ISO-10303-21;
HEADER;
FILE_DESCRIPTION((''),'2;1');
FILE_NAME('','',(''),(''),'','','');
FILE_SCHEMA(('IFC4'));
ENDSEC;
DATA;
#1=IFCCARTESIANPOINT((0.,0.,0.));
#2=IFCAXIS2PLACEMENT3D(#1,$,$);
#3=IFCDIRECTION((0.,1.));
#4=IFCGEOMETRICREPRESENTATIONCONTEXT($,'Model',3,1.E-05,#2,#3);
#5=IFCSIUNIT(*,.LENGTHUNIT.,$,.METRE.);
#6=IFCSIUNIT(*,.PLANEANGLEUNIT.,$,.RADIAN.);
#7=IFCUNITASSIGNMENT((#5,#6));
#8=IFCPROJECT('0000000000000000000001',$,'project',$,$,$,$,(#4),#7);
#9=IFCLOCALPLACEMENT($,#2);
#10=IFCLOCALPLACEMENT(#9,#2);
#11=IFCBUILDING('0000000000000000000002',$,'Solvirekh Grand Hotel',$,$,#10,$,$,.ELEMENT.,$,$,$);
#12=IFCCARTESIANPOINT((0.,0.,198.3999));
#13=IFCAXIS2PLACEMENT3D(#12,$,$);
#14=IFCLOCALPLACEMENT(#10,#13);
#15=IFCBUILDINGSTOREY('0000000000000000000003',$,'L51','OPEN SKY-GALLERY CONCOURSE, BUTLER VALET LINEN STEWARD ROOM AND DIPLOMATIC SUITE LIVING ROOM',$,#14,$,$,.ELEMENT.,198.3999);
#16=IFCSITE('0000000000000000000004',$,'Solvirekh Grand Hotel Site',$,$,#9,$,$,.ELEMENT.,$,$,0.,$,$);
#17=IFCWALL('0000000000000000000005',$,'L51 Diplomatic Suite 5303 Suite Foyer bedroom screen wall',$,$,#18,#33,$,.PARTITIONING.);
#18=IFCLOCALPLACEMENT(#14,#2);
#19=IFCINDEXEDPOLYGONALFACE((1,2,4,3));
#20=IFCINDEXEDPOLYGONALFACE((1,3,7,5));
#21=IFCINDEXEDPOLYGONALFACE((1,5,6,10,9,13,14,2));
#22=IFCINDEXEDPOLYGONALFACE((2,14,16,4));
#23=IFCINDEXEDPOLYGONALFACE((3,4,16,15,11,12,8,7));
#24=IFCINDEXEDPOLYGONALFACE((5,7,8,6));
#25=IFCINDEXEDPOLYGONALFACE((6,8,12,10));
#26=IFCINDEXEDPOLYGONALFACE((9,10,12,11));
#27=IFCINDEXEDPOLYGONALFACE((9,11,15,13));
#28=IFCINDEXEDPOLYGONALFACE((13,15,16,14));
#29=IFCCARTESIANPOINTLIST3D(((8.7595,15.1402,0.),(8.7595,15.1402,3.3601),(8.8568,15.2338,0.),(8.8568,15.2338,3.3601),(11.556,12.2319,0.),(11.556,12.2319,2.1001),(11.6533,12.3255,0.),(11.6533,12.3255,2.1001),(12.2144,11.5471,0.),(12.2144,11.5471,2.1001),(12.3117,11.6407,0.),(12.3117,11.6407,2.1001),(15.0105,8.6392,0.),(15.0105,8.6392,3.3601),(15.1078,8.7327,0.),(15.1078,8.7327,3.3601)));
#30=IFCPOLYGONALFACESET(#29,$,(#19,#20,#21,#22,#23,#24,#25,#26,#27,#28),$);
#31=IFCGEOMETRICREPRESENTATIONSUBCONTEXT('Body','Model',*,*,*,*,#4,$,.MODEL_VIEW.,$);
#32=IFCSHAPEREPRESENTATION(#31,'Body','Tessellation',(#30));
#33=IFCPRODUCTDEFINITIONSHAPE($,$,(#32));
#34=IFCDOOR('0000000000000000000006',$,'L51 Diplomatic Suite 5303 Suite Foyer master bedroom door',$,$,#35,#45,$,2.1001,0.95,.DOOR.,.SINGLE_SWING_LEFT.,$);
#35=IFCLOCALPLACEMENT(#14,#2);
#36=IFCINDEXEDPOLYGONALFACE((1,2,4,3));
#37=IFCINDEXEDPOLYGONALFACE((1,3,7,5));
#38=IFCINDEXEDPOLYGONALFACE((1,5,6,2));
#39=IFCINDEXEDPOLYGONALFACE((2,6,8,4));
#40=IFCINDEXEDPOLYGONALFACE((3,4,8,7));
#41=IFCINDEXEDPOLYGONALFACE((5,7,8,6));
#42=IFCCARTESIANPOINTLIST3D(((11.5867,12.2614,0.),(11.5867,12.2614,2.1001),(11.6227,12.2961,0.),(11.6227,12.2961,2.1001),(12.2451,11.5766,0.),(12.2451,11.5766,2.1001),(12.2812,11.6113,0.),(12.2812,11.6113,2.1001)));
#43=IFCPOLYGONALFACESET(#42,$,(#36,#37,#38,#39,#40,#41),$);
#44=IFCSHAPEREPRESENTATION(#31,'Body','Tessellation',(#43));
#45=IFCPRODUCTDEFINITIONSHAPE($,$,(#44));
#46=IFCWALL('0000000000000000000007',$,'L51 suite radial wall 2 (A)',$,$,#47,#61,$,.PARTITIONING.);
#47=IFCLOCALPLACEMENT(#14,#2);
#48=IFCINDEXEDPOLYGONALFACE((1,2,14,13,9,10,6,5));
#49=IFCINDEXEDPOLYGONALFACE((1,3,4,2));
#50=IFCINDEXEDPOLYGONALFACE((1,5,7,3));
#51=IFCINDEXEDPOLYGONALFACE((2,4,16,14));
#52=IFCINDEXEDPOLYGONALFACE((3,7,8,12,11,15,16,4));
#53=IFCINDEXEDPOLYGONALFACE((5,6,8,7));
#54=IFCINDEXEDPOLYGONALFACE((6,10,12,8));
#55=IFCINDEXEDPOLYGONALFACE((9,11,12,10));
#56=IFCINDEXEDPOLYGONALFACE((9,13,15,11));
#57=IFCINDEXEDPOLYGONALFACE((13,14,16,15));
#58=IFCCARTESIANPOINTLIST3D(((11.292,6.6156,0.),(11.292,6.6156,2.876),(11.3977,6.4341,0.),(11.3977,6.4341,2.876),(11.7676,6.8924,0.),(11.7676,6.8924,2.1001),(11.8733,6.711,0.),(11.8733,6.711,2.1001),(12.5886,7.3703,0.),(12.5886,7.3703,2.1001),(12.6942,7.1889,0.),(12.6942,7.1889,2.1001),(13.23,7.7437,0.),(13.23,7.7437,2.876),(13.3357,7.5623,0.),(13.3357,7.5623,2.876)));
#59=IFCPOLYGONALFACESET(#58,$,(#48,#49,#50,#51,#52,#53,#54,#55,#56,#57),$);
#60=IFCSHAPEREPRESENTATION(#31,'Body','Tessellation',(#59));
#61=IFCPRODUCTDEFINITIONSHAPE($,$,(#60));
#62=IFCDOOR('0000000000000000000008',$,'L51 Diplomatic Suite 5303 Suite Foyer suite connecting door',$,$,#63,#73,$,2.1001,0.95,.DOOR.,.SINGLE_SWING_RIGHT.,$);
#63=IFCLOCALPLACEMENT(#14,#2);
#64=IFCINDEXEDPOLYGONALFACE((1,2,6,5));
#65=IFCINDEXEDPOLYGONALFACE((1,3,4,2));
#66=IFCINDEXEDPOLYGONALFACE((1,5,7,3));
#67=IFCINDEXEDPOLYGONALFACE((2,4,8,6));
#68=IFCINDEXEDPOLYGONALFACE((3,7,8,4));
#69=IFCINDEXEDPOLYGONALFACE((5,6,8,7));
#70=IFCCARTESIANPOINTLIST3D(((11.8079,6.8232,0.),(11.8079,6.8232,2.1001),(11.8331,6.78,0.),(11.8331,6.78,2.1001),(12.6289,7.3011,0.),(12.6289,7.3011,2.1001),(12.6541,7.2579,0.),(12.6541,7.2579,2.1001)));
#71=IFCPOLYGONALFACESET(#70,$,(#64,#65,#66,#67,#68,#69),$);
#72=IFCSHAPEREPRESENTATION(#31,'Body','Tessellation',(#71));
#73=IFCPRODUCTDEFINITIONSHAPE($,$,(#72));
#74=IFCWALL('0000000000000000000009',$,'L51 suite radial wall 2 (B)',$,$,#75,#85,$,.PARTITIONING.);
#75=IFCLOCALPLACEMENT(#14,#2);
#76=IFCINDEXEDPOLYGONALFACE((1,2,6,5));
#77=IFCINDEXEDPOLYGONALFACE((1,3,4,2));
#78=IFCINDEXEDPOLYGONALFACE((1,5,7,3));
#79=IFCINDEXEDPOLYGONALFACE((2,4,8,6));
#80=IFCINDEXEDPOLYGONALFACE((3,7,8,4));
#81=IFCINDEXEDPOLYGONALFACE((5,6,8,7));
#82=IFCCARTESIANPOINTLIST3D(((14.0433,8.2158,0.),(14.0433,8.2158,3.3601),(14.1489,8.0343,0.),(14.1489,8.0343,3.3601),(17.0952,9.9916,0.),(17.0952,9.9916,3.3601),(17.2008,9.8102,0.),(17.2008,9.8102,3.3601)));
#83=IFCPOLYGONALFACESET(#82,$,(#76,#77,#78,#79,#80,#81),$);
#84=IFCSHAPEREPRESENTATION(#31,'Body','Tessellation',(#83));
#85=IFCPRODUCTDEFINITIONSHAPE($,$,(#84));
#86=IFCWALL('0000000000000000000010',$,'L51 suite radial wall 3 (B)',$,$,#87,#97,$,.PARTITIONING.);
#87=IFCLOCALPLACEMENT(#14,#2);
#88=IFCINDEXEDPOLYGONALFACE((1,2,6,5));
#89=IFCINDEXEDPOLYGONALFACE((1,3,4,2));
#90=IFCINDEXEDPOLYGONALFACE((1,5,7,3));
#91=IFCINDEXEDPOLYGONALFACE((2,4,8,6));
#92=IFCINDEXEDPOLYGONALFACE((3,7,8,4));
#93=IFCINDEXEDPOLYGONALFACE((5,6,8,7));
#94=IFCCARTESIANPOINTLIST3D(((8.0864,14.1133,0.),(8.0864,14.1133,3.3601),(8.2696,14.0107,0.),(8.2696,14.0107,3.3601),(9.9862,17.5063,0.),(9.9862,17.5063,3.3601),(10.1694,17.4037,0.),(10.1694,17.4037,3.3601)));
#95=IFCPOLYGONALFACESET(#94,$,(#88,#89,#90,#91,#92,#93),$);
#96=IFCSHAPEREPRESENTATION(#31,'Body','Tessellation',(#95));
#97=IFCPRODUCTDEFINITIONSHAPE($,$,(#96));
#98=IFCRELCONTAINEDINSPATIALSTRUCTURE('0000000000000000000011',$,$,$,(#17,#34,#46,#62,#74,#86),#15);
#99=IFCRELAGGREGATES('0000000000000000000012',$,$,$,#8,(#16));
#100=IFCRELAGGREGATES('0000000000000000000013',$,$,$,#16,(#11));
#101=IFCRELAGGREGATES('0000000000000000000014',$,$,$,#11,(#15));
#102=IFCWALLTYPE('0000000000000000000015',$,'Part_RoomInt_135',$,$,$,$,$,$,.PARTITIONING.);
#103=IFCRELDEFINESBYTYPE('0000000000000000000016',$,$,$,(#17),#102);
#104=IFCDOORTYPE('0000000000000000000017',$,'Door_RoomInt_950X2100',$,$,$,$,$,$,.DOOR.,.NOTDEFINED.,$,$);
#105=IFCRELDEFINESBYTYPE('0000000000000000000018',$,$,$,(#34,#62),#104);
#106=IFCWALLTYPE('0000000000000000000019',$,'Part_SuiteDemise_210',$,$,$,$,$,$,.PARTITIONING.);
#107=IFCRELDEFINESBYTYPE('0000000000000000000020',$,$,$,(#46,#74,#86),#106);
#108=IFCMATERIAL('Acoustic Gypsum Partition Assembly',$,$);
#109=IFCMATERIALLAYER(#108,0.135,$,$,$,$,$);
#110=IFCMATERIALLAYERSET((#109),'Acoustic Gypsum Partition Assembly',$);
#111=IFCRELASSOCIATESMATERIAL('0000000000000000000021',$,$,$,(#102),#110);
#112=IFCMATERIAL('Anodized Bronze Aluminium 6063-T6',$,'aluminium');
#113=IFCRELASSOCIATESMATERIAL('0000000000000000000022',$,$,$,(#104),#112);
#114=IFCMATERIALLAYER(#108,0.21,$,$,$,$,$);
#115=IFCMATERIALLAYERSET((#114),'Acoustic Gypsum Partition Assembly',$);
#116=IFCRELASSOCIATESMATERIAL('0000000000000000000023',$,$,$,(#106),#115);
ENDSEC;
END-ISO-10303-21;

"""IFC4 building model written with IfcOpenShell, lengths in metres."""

from ifc_helpers import new_model, si_unit, direction, frame, frame_2d, origin, place, context, subcontext, project, spatial, rectangle, extrude, material, layer, layer_set, type_object, element, fill, save


model = new_model("IFC4")

# Units and contexts
model_context = context("Model", 3, precision=1e-05, world=origin(), true_north=direction((0.0, 1.0)))
body_context = subcontext(model_context, "Body", "Model", "MODEL_VIEW")
ifc_project = project(units=[si_unit("LENGTHUNIT", "METRE"), si_unit("PLANEANGLEUNIT", "RADIAN")], contexts=[model_context])

# Site, building, storey
site_placement = place(None, origin())
site = spatial("IfcSite", under=ifc_project, at=site_placement, Name="Solvirekh Grand Hotel Site", CompositionType="ELEMENT", RefElevation=0.0)
building_placement = place(site_placement, origin())
building = spatial("IfcBuilding", under=site, at=building_placement, Name="Solvirekh Grand Hotel", CompositionType="ELEMENT")
storey_placement = place(building_placement, frame((0.0, 0.0, 198.3999)))
storey = spatial("IfcBuildingStorey", under=building, at=storey_placement, Name="L51", Description="OPEN SKY-GALLERY CONCOURSE, BUTLER VALET LINEN STEWARD ROOM AND DIPLOMATIC SUITE LIVING ROOM", CompositionType="ELEMENT", Elevation=198.3999)

# Shared definitions
ifc_material_1 = material(Name="Anodized Bronze Aluminium 6063-T6", Category="aluminium")

# Shared definitions
ifc_material_2 = material(Name="Acoustic Gypsum Partition Assembly")

# Walls, openings, doors
ifc_layer_1 = layer(ifc_material_2, 0.135)
ifc_layer_set_1 = layer_set([ifc_layer_1], Name="Acoustic Gypsum Partition Assembly")
wall_type_1 = type_object("IfcWallType", Name="Part_RoomInt_135", PredefinedType="PARTITIONING", material=ifc_layer_set_1)
wall_1_placement = place(storey_placement, frame((15.0591, 8.686, 0.0), z_axis=(0.0, 0.0, 1.0), x_axis=(-0.693111, 0.720831, 0.0)))
wall_1 = element("IfcWall", 1, at=wall_1_placement, inside=storey, type_object=wall_type_1, Name="L51 Diplomatic Suite 5303 Suite Foyer bedroom screen wall", PredefinedType="PARTITIONING", context=body_context, shape_type="SweptSolid", body=[
    extrude(rectangle(XDim=9.0188, YDim=0.135, at=frame_2d((4.5093, 0.0))), origin(), (0.0, 0.0, 1.0), 3.3601),
])
opening_1_placement = place(wall_1_placement, frame((4.0339, 0.0, 0.0)))
opening_1 = element("IfcOpeningElement", 2, at=opening_1_placement, cuts=wall_1, PredefinedType="OPENING", context=body_context, shape_type="SweptSolid", body=[
    extrude(rectangle(XDim=0.95, YDim=2.1001, at=frame_2d((0.4751, 1.05))), frame((0.0, 0.0776, 0.0), z_axis=(0.0, -1.0, 0.0), x_axis=(1.0, 0.0, 0.0)), (0.0, 0.0, 1.0), 0.155),
])
door_type = type_object("IfcDoorType", Name="Door_RoomInt_950X2100", OperationType="NOTDEFINED", PredefinedType="DOOR", material=ifc_material_1)
door_1_placement = place(opening_1_placement, origin())
door_1 = element("IfcDoor", 3, at=door_1_placement, inside=storey, type_object=door_type, Name="L51 Diplomatic Suite 5303 Suite Foyer master bedroom door", OperationType="SINGLE_SWING_LEFT", OverallHeight=2.1001, OverallWidth=0.95, PredefinedType="DOOR", context=body_context, shape_type="SweptSolid", body=[
    extrude(rectangle(XDim=0.95, YDim=2.1001, at=frame_2d((0.4751, 1.05))), frame((0.0, 0.0249, 0.0), z_axis=(0.0, -1.0, 0.0), x_axis=(1.0, 0.0, 0.0)), (0.0, 0.0, 1.0), 0.05),
])
fill(opening_1, door_1)
ifc_layer_2 = layer(ifc_material_2, 0.21)
ifc_layer_set_2 = layer_set([ifc_layer_2], Name="Acoustic Gypsum Partition Assembly")
wall_type_2 = type_object("IfcWallType", Name="Part_SuiteDemise_210", PredefinedType="PARTITIONING", material=ifc_layer_set_2)
wall_2_placement = place(storey_placement, frame((11.345, 6.5249, 0.0), z_axis=(0.0, 0.0, 1.0), x_axis=(0.864229, 0.503099, 0.0)))
wall_2 = element("IfcWall", 4, at=wall_2_placement, inside=storey, type_object=wall_type_2, Name="L51 suite radial wall 2 (A)", PredefinedType="PARTITIONING", context=body_context, shape_type="SweptSolid", body=[
    extrude(rectangle(XDim=2.2424, YDim=0.21, at=frame_2d((1.1211, 0.0))), origin(), (0.0, 0.0, 1.0), 2.876),
])
opening_2_placement = place(wall_2_placement, frame((0.55, 0.0, 0.0)))
opening_2 = element("IfcOpeningElement", 5, at=opening_2_placement, cuts=wall_2, PredefinedType="OPENING", context=body_context, shape_type="SweptSolid", body=[
    extrude(rectangle(XDim=0.95, YDim=2.1001, at=frame_2d((0.4751, 1.05))), frame((0.0, 0.115, 0.0), z_axis=(0.0, -1.0, 0.0), x_axis=(1.0, 0.0, 0.0)), (0.0, 0.0, 1.0), 0.23),
])
door_2_placement = place(opening_2_placement, origin())
door_2 = element("IfcDoor", 6, at=door_2_placement, inside=storey, type_object=door_type, Name="L51 Diplomatic Suite 5303 Suite Foyer suite connecting door", OperationType="SINGLE_SWING_RIGHT", OverallHeight=2.1001, OverallWidth=0.95, PredefinedType="DOOR", context=body_context, shape_type="SweptSolid", body=[
    extrude(rectangle(XDim=0.95, YDim=2.1001, at=frame_2d((0.4751, 1.05))), frame((0.0, 0.0249, 0.0), z_axis=(0.0, -1.0, 0.0), x_axis=(1.0, 0.0, 0.0)), (0.0, 0.0, 1.0), 0.05),
])
fill(opening_2, door_2)

# Walls
wall_3_placement = place(storey_placement, frame((14.0959, 8.125, 0.0), z_axis=(0.0, 0.0, 1.0), x_axis=(0.864328, 0.502929, 0.0)))
element("IfcWall", 7, at=wall_3_placement, inside=storey, type_object=wall_type_2, Name="L51 suite radial wall 2 (B)", PredefinedType="PARTITIONING", context=body_context, shape_type="SweptSolid", body=[
    extrude(rectangle(XDim=3.531, YDim=0.21, at=frame_2d((1.7656, 0.0))), origin(), (0.0, 0.0, 1.0), 3.3601),
])
wall_4_placement = place(storey_placement, frame((8.178, 14.062, 0.0), z_axis=(0.0, 0.0, 1.0), x_axis=(0.488561, 0.87253, 0.0)))
element("IfcWall", 8, at=wall_4_placement, inside=storey, type_object=wall_type_2, Name="L51 suite radial wall 3 (B)", PredefinedType="PARTITIONING", context=body_context, shape_type="SweptSolid", body=[
    extrude(rectangle(XDim=3.8887, YDim=0.21, at=frame_2d((1.9443, 0.0))), origin(), (0.0, 0.0, 1.0), 3.3601),
])

save(model, "model.ifc")
